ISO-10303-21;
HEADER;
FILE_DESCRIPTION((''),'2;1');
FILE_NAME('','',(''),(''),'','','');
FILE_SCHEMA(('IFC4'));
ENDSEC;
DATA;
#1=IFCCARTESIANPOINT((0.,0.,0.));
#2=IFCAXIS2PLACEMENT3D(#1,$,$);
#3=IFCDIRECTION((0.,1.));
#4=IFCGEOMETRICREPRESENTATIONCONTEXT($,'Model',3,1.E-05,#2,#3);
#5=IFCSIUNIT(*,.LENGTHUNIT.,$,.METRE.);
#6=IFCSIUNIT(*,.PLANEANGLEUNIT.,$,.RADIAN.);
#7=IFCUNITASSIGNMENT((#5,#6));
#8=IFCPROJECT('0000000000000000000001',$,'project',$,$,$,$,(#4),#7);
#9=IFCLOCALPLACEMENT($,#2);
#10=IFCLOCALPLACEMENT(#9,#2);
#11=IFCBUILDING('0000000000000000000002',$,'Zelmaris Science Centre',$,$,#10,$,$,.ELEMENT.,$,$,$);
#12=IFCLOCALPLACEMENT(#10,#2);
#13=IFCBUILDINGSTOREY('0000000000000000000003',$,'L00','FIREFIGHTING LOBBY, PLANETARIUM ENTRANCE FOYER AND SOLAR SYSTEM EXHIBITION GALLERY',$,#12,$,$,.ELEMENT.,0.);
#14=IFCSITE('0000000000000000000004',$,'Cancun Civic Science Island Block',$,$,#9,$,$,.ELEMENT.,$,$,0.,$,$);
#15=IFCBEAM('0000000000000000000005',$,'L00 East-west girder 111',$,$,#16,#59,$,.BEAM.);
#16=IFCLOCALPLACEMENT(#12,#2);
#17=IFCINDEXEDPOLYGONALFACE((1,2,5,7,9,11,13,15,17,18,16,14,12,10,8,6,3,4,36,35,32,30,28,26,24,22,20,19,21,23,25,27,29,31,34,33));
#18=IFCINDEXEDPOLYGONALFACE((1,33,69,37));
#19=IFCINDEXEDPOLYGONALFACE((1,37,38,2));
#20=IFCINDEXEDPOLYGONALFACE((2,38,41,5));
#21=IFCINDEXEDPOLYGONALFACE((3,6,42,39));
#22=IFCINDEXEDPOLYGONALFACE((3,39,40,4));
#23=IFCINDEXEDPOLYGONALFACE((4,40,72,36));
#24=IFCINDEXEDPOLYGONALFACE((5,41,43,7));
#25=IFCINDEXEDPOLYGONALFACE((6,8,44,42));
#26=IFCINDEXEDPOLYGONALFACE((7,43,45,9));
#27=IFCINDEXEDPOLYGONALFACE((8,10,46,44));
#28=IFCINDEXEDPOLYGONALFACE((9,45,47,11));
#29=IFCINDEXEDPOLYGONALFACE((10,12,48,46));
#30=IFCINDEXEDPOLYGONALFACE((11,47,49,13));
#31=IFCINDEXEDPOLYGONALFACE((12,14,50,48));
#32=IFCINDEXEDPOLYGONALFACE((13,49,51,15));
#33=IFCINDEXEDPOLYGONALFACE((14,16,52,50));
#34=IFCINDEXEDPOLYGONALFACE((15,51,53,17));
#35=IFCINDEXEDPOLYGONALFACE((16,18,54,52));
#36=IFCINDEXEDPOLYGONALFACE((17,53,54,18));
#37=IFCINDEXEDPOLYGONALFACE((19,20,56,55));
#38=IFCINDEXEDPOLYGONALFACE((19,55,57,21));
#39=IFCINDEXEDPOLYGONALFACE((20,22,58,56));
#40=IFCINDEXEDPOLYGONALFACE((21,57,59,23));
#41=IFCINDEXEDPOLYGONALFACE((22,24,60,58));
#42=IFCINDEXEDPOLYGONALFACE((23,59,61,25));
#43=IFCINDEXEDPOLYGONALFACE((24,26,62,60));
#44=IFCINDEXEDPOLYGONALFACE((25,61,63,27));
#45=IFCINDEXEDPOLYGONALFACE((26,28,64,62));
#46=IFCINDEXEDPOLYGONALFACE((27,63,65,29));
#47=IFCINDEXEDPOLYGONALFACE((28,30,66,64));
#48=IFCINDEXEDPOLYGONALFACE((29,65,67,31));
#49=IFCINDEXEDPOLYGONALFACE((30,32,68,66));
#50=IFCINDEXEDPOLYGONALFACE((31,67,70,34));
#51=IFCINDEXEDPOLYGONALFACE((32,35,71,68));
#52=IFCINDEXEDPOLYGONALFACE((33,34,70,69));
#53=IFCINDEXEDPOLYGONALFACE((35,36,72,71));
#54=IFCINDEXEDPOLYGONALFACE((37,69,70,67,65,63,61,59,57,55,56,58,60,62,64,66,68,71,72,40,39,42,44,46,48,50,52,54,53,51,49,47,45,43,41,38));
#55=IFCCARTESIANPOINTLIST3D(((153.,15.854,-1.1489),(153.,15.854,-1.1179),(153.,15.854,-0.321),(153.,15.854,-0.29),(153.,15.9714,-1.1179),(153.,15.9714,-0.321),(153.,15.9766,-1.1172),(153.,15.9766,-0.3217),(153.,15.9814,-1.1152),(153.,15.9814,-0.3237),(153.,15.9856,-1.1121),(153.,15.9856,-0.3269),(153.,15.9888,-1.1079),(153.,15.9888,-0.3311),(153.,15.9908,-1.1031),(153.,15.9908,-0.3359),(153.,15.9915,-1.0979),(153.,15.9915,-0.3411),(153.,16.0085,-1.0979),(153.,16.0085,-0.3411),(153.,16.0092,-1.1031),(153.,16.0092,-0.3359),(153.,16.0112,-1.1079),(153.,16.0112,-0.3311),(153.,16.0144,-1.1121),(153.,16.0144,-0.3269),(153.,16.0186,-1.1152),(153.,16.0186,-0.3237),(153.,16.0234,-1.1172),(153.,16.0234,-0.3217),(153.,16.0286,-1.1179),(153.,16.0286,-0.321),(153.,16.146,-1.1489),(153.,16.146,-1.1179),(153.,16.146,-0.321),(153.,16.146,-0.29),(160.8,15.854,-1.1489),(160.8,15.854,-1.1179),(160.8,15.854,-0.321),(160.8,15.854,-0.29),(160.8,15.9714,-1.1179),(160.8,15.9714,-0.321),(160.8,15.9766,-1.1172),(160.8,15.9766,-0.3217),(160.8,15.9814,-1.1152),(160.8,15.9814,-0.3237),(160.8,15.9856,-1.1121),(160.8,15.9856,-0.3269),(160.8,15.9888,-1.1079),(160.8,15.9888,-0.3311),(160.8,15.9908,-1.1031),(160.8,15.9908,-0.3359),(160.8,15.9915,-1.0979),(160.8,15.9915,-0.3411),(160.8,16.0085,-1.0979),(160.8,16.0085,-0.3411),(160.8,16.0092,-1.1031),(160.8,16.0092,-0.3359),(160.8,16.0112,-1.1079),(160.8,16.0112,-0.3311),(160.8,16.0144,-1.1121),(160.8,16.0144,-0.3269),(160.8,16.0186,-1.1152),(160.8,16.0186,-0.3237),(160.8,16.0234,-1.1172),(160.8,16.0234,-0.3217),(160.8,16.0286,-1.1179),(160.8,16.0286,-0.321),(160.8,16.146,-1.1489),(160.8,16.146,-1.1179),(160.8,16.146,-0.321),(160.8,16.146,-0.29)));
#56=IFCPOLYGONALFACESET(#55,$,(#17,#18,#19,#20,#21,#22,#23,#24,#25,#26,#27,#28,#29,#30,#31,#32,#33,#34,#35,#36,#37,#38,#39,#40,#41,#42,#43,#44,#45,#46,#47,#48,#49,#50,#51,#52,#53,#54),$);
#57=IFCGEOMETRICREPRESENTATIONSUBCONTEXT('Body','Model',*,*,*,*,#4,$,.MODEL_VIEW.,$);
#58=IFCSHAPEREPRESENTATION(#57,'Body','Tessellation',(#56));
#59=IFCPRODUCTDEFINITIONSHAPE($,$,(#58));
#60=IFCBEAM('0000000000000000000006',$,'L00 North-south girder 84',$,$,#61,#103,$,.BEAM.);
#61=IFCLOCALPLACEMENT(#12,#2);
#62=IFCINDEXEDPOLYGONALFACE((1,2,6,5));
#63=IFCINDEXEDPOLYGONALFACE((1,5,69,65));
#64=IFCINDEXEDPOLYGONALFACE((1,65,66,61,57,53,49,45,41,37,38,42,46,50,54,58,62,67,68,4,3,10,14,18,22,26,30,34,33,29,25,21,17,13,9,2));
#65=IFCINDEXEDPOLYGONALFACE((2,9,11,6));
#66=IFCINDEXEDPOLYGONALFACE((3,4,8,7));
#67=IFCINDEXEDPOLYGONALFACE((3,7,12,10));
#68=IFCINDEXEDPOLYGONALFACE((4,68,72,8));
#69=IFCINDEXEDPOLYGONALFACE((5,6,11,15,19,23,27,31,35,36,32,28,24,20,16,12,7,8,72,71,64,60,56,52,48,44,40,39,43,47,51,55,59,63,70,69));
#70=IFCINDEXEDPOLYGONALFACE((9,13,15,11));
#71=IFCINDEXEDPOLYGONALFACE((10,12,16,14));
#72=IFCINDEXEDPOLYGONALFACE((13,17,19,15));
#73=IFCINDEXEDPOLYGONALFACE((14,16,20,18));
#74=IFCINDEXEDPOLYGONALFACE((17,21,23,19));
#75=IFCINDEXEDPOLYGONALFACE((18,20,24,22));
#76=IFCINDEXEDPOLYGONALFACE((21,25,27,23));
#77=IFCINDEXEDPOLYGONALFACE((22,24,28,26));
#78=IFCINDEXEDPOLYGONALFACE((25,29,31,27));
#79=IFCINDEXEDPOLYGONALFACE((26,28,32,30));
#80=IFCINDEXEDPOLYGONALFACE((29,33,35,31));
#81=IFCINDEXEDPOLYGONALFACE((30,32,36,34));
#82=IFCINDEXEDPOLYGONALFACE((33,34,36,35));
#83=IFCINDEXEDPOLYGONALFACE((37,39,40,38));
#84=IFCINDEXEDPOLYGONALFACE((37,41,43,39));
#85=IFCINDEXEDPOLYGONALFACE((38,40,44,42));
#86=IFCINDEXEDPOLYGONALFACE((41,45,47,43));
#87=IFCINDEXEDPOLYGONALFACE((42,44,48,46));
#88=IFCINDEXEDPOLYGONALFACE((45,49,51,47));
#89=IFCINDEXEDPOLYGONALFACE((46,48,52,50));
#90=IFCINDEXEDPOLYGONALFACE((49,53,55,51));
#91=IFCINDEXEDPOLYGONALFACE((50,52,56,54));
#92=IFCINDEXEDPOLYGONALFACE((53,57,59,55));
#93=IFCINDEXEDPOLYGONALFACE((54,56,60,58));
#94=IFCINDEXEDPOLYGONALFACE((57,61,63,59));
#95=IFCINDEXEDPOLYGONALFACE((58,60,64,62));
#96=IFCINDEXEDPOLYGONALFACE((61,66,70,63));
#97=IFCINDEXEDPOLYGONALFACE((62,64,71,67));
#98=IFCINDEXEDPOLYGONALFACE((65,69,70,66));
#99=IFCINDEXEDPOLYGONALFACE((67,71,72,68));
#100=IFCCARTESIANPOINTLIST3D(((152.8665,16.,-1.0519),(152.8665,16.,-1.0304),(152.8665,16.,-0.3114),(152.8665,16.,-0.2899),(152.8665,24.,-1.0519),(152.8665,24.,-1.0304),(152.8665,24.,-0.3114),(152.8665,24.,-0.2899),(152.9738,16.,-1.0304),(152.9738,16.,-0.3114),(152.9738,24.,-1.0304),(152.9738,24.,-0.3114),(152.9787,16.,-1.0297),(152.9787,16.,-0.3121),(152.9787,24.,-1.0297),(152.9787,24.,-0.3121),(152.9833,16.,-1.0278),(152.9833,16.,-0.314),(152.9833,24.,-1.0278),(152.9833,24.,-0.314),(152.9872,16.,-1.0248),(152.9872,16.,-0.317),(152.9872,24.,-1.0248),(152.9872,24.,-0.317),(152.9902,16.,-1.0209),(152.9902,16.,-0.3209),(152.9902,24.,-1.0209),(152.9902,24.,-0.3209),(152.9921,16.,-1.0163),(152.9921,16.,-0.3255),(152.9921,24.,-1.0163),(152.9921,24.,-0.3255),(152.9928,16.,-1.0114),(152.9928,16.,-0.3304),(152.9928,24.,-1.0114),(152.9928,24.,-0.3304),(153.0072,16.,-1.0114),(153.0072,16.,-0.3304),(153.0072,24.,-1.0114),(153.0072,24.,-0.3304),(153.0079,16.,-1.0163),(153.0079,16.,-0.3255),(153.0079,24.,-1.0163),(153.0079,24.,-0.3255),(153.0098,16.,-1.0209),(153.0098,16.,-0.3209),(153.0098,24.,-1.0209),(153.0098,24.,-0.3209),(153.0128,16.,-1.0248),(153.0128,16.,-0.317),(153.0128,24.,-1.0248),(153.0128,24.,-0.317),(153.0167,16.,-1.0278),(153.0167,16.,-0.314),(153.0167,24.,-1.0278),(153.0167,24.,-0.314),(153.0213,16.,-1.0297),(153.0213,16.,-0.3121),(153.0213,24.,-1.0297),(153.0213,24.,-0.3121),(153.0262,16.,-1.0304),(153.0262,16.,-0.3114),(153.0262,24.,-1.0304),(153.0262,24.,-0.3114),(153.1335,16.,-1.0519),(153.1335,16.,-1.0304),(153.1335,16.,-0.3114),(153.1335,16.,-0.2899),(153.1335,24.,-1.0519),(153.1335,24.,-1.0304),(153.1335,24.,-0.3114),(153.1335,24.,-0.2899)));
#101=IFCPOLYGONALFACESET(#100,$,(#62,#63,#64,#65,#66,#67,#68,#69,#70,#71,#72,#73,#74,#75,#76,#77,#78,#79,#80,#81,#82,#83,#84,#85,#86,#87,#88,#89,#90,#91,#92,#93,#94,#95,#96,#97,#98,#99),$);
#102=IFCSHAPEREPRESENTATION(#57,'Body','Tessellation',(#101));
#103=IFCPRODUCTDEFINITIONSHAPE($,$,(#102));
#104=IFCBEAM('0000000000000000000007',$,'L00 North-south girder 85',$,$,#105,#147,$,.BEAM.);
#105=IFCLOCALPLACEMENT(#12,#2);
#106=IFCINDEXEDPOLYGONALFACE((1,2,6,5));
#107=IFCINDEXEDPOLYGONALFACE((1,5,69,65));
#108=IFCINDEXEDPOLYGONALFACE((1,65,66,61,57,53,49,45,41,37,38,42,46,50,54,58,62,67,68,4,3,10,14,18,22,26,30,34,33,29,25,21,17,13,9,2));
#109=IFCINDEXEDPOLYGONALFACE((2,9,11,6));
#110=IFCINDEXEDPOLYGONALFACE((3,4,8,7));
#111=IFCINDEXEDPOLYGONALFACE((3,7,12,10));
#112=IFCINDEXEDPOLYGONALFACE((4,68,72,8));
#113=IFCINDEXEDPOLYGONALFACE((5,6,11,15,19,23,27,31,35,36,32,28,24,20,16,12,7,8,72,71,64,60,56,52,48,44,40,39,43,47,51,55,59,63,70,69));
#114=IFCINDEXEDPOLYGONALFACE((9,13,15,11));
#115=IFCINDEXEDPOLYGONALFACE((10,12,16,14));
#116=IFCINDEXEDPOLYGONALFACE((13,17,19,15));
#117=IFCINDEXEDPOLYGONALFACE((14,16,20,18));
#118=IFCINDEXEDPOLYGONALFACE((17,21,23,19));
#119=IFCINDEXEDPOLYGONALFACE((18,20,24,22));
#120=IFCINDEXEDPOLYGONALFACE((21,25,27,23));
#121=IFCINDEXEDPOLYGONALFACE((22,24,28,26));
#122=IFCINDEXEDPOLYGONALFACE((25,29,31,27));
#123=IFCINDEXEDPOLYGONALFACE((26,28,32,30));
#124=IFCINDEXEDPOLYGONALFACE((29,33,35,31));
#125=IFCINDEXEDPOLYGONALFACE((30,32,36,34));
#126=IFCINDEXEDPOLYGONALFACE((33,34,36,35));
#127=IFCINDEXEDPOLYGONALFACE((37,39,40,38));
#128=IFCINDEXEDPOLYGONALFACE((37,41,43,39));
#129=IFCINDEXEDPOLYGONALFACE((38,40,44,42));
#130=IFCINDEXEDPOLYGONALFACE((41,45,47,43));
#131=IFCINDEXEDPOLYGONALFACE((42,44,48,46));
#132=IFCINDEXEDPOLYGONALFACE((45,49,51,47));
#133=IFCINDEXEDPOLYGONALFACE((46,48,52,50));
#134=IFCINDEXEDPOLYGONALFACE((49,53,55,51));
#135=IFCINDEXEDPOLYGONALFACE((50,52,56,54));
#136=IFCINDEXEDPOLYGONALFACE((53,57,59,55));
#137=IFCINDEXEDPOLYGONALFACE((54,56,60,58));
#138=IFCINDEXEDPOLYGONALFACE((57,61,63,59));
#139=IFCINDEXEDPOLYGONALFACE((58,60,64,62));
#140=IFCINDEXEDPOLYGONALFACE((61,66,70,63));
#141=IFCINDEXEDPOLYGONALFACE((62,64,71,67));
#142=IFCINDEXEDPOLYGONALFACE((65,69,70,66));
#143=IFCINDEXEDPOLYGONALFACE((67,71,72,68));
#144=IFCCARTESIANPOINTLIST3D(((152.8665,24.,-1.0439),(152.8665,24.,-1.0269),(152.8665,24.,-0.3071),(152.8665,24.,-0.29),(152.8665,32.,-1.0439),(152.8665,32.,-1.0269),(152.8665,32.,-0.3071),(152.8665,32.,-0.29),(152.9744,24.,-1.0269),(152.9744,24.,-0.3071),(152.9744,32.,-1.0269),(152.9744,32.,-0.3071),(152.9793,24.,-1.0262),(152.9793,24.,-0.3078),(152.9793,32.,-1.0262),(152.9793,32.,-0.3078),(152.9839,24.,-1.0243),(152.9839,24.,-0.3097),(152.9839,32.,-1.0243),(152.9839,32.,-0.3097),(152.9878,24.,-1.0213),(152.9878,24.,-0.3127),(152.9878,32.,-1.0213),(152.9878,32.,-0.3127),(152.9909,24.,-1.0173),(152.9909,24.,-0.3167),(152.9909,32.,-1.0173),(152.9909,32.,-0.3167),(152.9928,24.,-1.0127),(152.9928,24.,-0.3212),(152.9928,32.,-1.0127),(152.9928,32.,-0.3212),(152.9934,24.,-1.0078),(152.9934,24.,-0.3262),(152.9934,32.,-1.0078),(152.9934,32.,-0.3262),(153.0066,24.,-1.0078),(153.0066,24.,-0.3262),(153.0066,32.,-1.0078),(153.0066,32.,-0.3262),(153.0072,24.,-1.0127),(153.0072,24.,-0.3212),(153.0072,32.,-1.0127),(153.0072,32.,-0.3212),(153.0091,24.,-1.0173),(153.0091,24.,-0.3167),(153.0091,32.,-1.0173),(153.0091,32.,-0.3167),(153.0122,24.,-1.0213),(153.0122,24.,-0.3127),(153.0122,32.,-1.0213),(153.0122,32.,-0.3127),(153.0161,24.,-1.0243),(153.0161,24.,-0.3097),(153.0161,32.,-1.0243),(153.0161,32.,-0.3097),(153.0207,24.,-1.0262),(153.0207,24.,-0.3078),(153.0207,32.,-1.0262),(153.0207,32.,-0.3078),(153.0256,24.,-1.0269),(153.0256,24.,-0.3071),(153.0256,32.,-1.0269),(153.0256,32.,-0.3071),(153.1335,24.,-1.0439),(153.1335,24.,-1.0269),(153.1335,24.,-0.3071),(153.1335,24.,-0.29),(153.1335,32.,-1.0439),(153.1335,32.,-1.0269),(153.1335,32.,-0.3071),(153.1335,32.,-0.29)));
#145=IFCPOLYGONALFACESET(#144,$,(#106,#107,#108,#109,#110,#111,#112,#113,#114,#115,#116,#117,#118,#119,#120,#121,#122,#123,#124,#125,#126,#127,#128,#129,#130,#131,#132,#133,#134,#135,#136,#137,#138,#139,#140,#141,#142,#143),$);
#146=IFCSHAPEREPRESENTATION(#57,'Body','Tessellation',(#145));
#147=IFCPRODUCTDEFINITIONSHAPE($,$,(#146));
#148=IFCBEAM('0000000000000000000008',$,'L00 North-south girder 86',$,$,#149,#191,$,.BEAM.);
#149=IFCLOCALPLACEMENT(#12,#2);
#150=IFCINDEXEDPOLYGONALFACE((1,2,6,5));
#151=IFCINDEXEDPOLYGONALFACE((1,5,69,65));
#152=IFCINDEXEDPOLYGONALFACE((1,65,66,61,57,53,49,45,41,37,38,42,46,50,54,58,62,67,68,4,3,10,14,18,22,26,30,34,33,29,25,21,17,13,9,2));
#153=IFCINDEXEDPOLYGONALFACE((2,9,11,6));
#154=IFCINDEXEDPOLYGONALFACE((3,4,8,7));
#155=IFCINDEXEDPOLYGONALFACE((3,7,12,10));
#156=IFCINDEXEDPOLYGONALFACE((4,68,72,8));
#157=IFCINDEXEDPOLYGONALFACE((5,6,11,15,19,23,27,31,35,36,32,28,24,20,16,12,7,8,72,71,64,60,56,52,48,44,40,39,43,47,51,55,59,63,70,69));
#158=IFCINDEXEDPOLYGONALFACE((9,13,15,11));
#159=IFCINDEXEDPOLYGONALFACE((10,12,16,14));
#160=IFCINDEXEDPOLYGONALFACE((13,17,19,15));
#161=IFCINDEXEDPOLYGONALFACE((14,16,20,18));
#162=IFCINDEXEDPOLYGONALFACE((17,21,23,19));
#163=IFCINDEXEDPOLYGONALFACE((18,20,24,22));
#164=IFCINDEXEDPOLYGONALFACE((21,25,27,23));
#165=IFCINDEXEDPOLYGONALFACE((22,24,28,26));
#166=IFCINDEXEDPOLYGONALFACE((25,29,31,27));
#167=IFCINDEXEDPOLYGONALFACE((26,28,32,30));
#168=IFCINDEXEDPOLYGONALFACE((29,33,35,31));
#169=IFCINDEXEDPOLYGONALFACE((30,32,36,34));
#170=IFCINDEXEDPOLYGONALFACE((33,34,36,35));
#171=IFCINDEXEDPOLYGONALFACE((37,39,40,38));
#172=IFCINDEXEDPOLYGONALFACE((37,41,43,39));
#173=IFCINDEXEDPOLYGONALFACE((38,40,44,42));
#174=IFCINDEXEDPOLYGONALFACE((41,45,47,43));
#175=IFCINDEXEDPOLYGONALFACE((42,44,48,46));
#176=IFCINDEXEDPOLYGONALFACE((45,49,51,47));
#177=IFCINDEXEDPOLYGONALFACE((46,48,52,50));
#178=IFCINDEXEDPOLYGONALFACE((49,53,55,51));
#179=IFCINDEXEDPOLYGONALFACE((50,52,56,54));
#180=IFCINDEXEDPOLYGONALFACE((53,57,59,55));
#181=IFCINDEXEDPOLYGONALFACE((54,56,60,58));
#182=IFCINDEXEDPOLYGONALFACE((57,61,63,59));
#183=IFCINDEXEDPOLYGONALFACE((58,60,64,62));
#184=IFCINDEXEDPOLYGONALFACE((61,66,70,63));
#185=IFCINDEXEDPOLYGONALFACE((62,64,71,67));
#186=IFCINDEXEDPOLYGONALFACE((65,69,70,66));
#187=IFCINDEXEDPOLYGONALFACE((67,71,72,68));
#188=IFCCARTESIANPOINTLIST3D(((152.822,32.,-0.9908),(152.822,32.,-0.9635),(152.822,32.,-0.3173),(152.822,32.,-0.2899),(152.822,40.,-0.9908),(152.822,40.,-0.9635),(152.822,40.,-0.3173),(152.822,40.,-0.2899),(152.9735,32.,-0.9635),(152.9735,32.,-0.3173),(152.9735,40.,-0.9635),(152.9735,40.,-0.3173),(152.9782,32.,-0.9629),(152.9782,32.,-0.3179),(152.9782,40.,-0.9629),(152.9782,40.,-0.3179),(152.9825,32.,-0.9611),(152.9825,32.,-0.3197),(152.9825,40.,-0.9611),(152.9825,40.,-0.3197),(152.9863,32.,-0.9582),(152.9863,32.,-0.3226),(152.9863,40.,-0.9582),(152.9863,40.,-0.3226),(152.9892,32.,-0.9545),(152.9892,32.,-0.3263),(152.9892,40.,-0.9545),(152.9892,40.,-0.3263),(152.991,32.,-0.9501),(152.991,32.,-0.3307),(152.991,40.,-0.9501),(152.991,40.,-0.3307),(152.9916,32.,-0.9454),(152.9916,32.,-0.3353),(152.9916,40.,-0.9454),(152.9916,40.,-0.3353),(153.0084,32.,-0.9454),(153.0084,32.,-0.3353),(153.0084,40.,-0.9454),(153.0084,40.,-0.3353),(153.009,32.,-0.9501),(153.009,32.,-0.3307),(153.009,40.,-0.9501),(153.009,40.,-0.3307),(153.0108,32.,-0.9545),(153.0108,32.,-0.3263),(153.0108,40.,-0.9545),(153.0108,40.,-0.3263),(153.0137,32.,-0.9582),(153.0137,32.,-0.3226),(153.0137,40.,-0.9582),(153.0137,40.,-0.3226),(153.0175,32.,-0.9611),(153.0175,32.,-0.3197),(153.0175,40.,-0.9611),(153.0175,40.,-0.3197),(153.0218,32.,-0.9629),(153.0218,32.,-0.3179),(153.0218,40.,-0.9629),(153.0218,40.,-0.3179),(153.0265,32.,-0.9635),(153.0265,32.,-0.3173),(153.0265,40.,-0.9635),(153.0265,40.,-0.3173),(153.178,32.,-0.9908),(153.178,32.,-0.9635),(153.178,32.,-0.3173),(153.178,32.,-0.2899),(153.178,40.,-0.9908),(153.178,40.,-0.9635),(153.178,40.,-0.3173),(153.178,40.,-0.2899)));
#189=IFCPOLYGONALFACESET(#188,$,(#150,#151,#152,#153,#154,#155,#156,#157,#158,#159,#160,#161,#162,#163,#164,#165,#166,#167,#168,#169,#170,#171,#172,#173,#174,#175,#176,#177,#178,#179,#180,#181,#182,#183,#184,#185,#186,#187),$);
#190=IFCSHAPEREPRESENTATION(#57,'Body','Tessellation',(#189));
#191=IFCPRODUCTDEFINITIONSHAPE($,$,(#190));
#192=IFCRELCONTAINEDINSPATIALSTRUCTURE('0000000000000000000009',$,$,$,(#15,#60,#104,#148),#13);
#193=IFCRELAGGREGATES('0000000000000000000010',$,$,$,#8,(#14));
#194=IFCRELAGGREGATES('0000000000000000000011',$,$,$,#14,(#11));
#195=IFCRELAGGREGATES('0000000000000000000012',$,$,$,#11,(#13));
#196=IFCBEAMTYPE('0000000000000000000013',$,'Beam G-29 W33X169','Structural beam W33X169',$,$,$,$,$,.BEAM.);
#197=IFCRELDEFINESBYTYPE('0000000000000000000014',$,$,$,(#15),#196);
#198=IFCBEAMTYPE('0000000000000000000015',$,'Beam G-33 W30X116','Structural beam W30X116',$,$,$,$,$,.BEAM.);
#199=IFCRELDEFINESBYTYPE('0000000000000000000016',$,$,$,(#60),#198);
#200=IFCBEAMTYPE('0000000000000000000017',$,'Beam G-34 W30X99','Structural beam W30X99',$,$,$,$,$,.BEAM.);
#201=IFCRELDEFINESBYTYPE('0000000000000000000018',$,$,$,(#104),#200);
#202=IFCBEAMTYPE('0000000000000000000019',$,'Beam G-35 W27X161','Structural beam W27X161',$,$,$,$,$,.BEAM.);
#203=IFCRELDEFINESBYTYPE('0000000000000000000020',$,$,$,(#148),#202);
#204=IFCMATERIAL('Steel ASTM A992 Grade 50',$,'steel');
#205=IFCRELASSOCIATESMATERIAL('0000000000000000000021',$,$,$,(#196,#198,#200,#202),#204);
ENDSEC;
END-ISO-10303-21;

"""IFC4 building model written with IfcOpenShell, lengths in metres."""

from ifc_helpers import new_model, si_unit, direction, frame, origin, origin_2d, place, context, subcontext, project, spatial, i_section, extrude, material, material_profile, profile_set, type_object, element, save


model = new_model("IFC4")

# Units and contexts
model_context = context("Model", 3, precision=1e-05, world=origin(), true_north=direction((0.0, 1.0)))
body_context = subcontext(model_context, "Body", "Model", "MODEL_VIEW")
ifc_project = project(units=[si_unit("LENGTHUNIT", "METRE"), si_unit("PLANEANGLEUNIT", "RADIAN")], contexts=[model_context])

# Site, building, storey
site_placement = place(None, origin())
site = spatial("IfcSite", under=ifc_project, at=site_placement, Name="Cancun Civic Science Island Block", CompositionType="ELEMENT", RefElevation=0.0)
building_placement = place(site_placement, origin())
building = spatial("IfcBuilding", under=site, at=building_placement, Name="Zelmaris Science Centre", CompositionType="ELEMENT")
storey_placement = place(building_placement, origin())
storey = spatial("IfcBuildingStorey", under=building, at=storey_placement, Name="L00", Description="FIREFIGHTING LOBBY, PLANETARIUM ENTRANCE FOYER AND SOLAR SYSTEM EXHIBITION GALLERY", CompositionType="ELEMENT", Elevation=0.0)

# Shared definitions
ifc_material_1 = material(Name="Steel ASTM A992 Grade 50", Category="steel")

# Beams
ifc_material_profile_1 = material_profile(ifc_material_1, i_section(OverallWidth=0.292, OverallDepth=0.8589, WebThickness=0.0171, FlangeThickness=0.031, FilletRadius=0.02, at=origin_2d()), Name="W33X169")
ifc_profile_set_1 = profile_set([ifc_material_profile_1], Name="Steel ASTM A992 Grade 50")
beam_type_1 = type_object("IfcBeamType", Name="Beam G-29 W33X169", Description="Structural beam W33X169", PredefinedType="BEAM", material=ifc_profile_set_1)
beam_1_placement = place(storey_placement, frame((153.0, 16.0, -0.7195), z_axis=(1.0, 0.0, 0.0), x_axis=(0.0, 1.0, 0.0)))
element("IfcBeam", 1, at=beam_1_placement, inside=storey, type_object=beam_type_1, Name="L00 East-west girder 111", PredefinedType="BEAM", context=body_context, shape_type="SweptSolid", body=[
    extrude(i_section(OverallWidth=0.292, OverallDepth=0.8589, WebThickness=0.0171, FlangeThickness=0.031, FilletRadius=0.02, at=origin_2d()), origin(), (0.0, 0.0, 1.0), 7.8),
])
ifc_material_profile_2 = material_profile(ifc_material_1, i_section(OverallWidth=0.2671, OverallDepth=0.762, WebThickness=0.0144, FlangeThickness=0.0215, FilletRadius=0.019, at=origin_2d()), Name="W30X116")
ifc_profile_set_2 = profile_set([ifc_material_profile_2], Name="Steel ASTM A992 Grade 50")
beam_type_2 = type_object("IfcBeamType", Name="Beam G-33 W30X116", Description="Structural beam W30X116", PredefinedType="BEAM", material=ifc_profile_set_2)
beam_2_placement = place(storey_placement, frame((153.0, 16.0, -0.6709), z_axis=(0.0, 1.0, 0.0), x_axis=(-1.0, 0.0, 0.0)))
element("IfcBeam", 2, at=beam_2_placement, inside=storey, type_object=beam_type_2, Name="L00 North-south girder 84", PredefinedType="BEAM", context=body_context, shape_type="SweptSolid", body=[
    extrude(i_section(OverallWidth=0.2671, OverallDepth=0.762, WebThickness=0.0144, FlangeThickness=0.0215, FilletRadius=0.019, at=origin_2d()), origin(), (0.0, 0.0, 1.0), 8.0),
])
ifc_material_profile_3 = material_profile(ifc_material_1, i_section(OverallWidth=0.2671, OverallDepth=0.7539, WebThickness=0.0132, FlangeThickness=0.0171, FilletRadius=0.019, at=origin_2d()), Name="W30X99")
ifc_profile_set_3 = profile_set([ifc_material_profile_3], Name="Steel ASTM A992 Grade 50")
beam_type_3 = type_object("IfcBeamType", Name="Beam G-34 W30X99", Description="Structural beam W30X99", PredefinedType="BEAM", material=ifc_profile_set_3)
beam_3_placement = place(storey_placement, frame((153.0, 24.0, -0.667), z_axis=(0.0, 1.0, 0.0), x_axis=(-1.0, 0.0, 0.0)))
element("IfcBeam", 3, at=beam_3_placement, inside=storey, type_object=beam_type_3, Name="L00 North-south girder 85", PredefinedType="BEAM", context=body_context, shape_type="SweptSolid", body=[
    extrude(i_section(OverallWidth=0.2671, OverallDepth=0.7539, WebThickness=0.0132, FlangeThickness=0.0171, FilletRadius=0.019, at=origin_2d()), origin(), (0.0, 0.0, 1.0), 8.0),
])
ifc_material_profile_4 = material_profile(ifc_material_1, i_section(OverallWidth=0.356, OverallDepth=0.7009, WebThickness=0.0168, FlangeThickness=0.0273, FilletRadius=0.0181, at=origin_2d()), Name="W27X161")
ifc_profile_set_4 = profile_set([ifc_material_profile_4], Name="Steel ASTM A992 Grade 50")
beam_type_4 = type_object("IfcBeamType", Name="Beam G-35 W27X161", Description="Structural beam W27X161", PredefinedType="BEAM", material=ifc_profile_set_4)
beam_4_placement = place(storey_placement, frame((153.0, 32.0, -0.6404), z_axis=(0.0, 1.0, 0.0), x_axis=(-1.0, 0.0, 0.0)))
element("IfcBeam", 4, at=beam_4_placement, inside=storey, type_object=beam_type_4, Name="L00 North-south girder 86", PredefinedType="BEAM", context=body_context, shape_type="SweptSolid", body=[
    extrude(i_section(OverallWidth=0.356, OverallDepth=0.7009, WebThickness=0.0168, FlangeThickness=0.0273, FilletRadius=0.0181, at=origin_2d()), origin(), (0.0, 0.0, 1.0), 8.0),
])

save(model, "model.ifc")
